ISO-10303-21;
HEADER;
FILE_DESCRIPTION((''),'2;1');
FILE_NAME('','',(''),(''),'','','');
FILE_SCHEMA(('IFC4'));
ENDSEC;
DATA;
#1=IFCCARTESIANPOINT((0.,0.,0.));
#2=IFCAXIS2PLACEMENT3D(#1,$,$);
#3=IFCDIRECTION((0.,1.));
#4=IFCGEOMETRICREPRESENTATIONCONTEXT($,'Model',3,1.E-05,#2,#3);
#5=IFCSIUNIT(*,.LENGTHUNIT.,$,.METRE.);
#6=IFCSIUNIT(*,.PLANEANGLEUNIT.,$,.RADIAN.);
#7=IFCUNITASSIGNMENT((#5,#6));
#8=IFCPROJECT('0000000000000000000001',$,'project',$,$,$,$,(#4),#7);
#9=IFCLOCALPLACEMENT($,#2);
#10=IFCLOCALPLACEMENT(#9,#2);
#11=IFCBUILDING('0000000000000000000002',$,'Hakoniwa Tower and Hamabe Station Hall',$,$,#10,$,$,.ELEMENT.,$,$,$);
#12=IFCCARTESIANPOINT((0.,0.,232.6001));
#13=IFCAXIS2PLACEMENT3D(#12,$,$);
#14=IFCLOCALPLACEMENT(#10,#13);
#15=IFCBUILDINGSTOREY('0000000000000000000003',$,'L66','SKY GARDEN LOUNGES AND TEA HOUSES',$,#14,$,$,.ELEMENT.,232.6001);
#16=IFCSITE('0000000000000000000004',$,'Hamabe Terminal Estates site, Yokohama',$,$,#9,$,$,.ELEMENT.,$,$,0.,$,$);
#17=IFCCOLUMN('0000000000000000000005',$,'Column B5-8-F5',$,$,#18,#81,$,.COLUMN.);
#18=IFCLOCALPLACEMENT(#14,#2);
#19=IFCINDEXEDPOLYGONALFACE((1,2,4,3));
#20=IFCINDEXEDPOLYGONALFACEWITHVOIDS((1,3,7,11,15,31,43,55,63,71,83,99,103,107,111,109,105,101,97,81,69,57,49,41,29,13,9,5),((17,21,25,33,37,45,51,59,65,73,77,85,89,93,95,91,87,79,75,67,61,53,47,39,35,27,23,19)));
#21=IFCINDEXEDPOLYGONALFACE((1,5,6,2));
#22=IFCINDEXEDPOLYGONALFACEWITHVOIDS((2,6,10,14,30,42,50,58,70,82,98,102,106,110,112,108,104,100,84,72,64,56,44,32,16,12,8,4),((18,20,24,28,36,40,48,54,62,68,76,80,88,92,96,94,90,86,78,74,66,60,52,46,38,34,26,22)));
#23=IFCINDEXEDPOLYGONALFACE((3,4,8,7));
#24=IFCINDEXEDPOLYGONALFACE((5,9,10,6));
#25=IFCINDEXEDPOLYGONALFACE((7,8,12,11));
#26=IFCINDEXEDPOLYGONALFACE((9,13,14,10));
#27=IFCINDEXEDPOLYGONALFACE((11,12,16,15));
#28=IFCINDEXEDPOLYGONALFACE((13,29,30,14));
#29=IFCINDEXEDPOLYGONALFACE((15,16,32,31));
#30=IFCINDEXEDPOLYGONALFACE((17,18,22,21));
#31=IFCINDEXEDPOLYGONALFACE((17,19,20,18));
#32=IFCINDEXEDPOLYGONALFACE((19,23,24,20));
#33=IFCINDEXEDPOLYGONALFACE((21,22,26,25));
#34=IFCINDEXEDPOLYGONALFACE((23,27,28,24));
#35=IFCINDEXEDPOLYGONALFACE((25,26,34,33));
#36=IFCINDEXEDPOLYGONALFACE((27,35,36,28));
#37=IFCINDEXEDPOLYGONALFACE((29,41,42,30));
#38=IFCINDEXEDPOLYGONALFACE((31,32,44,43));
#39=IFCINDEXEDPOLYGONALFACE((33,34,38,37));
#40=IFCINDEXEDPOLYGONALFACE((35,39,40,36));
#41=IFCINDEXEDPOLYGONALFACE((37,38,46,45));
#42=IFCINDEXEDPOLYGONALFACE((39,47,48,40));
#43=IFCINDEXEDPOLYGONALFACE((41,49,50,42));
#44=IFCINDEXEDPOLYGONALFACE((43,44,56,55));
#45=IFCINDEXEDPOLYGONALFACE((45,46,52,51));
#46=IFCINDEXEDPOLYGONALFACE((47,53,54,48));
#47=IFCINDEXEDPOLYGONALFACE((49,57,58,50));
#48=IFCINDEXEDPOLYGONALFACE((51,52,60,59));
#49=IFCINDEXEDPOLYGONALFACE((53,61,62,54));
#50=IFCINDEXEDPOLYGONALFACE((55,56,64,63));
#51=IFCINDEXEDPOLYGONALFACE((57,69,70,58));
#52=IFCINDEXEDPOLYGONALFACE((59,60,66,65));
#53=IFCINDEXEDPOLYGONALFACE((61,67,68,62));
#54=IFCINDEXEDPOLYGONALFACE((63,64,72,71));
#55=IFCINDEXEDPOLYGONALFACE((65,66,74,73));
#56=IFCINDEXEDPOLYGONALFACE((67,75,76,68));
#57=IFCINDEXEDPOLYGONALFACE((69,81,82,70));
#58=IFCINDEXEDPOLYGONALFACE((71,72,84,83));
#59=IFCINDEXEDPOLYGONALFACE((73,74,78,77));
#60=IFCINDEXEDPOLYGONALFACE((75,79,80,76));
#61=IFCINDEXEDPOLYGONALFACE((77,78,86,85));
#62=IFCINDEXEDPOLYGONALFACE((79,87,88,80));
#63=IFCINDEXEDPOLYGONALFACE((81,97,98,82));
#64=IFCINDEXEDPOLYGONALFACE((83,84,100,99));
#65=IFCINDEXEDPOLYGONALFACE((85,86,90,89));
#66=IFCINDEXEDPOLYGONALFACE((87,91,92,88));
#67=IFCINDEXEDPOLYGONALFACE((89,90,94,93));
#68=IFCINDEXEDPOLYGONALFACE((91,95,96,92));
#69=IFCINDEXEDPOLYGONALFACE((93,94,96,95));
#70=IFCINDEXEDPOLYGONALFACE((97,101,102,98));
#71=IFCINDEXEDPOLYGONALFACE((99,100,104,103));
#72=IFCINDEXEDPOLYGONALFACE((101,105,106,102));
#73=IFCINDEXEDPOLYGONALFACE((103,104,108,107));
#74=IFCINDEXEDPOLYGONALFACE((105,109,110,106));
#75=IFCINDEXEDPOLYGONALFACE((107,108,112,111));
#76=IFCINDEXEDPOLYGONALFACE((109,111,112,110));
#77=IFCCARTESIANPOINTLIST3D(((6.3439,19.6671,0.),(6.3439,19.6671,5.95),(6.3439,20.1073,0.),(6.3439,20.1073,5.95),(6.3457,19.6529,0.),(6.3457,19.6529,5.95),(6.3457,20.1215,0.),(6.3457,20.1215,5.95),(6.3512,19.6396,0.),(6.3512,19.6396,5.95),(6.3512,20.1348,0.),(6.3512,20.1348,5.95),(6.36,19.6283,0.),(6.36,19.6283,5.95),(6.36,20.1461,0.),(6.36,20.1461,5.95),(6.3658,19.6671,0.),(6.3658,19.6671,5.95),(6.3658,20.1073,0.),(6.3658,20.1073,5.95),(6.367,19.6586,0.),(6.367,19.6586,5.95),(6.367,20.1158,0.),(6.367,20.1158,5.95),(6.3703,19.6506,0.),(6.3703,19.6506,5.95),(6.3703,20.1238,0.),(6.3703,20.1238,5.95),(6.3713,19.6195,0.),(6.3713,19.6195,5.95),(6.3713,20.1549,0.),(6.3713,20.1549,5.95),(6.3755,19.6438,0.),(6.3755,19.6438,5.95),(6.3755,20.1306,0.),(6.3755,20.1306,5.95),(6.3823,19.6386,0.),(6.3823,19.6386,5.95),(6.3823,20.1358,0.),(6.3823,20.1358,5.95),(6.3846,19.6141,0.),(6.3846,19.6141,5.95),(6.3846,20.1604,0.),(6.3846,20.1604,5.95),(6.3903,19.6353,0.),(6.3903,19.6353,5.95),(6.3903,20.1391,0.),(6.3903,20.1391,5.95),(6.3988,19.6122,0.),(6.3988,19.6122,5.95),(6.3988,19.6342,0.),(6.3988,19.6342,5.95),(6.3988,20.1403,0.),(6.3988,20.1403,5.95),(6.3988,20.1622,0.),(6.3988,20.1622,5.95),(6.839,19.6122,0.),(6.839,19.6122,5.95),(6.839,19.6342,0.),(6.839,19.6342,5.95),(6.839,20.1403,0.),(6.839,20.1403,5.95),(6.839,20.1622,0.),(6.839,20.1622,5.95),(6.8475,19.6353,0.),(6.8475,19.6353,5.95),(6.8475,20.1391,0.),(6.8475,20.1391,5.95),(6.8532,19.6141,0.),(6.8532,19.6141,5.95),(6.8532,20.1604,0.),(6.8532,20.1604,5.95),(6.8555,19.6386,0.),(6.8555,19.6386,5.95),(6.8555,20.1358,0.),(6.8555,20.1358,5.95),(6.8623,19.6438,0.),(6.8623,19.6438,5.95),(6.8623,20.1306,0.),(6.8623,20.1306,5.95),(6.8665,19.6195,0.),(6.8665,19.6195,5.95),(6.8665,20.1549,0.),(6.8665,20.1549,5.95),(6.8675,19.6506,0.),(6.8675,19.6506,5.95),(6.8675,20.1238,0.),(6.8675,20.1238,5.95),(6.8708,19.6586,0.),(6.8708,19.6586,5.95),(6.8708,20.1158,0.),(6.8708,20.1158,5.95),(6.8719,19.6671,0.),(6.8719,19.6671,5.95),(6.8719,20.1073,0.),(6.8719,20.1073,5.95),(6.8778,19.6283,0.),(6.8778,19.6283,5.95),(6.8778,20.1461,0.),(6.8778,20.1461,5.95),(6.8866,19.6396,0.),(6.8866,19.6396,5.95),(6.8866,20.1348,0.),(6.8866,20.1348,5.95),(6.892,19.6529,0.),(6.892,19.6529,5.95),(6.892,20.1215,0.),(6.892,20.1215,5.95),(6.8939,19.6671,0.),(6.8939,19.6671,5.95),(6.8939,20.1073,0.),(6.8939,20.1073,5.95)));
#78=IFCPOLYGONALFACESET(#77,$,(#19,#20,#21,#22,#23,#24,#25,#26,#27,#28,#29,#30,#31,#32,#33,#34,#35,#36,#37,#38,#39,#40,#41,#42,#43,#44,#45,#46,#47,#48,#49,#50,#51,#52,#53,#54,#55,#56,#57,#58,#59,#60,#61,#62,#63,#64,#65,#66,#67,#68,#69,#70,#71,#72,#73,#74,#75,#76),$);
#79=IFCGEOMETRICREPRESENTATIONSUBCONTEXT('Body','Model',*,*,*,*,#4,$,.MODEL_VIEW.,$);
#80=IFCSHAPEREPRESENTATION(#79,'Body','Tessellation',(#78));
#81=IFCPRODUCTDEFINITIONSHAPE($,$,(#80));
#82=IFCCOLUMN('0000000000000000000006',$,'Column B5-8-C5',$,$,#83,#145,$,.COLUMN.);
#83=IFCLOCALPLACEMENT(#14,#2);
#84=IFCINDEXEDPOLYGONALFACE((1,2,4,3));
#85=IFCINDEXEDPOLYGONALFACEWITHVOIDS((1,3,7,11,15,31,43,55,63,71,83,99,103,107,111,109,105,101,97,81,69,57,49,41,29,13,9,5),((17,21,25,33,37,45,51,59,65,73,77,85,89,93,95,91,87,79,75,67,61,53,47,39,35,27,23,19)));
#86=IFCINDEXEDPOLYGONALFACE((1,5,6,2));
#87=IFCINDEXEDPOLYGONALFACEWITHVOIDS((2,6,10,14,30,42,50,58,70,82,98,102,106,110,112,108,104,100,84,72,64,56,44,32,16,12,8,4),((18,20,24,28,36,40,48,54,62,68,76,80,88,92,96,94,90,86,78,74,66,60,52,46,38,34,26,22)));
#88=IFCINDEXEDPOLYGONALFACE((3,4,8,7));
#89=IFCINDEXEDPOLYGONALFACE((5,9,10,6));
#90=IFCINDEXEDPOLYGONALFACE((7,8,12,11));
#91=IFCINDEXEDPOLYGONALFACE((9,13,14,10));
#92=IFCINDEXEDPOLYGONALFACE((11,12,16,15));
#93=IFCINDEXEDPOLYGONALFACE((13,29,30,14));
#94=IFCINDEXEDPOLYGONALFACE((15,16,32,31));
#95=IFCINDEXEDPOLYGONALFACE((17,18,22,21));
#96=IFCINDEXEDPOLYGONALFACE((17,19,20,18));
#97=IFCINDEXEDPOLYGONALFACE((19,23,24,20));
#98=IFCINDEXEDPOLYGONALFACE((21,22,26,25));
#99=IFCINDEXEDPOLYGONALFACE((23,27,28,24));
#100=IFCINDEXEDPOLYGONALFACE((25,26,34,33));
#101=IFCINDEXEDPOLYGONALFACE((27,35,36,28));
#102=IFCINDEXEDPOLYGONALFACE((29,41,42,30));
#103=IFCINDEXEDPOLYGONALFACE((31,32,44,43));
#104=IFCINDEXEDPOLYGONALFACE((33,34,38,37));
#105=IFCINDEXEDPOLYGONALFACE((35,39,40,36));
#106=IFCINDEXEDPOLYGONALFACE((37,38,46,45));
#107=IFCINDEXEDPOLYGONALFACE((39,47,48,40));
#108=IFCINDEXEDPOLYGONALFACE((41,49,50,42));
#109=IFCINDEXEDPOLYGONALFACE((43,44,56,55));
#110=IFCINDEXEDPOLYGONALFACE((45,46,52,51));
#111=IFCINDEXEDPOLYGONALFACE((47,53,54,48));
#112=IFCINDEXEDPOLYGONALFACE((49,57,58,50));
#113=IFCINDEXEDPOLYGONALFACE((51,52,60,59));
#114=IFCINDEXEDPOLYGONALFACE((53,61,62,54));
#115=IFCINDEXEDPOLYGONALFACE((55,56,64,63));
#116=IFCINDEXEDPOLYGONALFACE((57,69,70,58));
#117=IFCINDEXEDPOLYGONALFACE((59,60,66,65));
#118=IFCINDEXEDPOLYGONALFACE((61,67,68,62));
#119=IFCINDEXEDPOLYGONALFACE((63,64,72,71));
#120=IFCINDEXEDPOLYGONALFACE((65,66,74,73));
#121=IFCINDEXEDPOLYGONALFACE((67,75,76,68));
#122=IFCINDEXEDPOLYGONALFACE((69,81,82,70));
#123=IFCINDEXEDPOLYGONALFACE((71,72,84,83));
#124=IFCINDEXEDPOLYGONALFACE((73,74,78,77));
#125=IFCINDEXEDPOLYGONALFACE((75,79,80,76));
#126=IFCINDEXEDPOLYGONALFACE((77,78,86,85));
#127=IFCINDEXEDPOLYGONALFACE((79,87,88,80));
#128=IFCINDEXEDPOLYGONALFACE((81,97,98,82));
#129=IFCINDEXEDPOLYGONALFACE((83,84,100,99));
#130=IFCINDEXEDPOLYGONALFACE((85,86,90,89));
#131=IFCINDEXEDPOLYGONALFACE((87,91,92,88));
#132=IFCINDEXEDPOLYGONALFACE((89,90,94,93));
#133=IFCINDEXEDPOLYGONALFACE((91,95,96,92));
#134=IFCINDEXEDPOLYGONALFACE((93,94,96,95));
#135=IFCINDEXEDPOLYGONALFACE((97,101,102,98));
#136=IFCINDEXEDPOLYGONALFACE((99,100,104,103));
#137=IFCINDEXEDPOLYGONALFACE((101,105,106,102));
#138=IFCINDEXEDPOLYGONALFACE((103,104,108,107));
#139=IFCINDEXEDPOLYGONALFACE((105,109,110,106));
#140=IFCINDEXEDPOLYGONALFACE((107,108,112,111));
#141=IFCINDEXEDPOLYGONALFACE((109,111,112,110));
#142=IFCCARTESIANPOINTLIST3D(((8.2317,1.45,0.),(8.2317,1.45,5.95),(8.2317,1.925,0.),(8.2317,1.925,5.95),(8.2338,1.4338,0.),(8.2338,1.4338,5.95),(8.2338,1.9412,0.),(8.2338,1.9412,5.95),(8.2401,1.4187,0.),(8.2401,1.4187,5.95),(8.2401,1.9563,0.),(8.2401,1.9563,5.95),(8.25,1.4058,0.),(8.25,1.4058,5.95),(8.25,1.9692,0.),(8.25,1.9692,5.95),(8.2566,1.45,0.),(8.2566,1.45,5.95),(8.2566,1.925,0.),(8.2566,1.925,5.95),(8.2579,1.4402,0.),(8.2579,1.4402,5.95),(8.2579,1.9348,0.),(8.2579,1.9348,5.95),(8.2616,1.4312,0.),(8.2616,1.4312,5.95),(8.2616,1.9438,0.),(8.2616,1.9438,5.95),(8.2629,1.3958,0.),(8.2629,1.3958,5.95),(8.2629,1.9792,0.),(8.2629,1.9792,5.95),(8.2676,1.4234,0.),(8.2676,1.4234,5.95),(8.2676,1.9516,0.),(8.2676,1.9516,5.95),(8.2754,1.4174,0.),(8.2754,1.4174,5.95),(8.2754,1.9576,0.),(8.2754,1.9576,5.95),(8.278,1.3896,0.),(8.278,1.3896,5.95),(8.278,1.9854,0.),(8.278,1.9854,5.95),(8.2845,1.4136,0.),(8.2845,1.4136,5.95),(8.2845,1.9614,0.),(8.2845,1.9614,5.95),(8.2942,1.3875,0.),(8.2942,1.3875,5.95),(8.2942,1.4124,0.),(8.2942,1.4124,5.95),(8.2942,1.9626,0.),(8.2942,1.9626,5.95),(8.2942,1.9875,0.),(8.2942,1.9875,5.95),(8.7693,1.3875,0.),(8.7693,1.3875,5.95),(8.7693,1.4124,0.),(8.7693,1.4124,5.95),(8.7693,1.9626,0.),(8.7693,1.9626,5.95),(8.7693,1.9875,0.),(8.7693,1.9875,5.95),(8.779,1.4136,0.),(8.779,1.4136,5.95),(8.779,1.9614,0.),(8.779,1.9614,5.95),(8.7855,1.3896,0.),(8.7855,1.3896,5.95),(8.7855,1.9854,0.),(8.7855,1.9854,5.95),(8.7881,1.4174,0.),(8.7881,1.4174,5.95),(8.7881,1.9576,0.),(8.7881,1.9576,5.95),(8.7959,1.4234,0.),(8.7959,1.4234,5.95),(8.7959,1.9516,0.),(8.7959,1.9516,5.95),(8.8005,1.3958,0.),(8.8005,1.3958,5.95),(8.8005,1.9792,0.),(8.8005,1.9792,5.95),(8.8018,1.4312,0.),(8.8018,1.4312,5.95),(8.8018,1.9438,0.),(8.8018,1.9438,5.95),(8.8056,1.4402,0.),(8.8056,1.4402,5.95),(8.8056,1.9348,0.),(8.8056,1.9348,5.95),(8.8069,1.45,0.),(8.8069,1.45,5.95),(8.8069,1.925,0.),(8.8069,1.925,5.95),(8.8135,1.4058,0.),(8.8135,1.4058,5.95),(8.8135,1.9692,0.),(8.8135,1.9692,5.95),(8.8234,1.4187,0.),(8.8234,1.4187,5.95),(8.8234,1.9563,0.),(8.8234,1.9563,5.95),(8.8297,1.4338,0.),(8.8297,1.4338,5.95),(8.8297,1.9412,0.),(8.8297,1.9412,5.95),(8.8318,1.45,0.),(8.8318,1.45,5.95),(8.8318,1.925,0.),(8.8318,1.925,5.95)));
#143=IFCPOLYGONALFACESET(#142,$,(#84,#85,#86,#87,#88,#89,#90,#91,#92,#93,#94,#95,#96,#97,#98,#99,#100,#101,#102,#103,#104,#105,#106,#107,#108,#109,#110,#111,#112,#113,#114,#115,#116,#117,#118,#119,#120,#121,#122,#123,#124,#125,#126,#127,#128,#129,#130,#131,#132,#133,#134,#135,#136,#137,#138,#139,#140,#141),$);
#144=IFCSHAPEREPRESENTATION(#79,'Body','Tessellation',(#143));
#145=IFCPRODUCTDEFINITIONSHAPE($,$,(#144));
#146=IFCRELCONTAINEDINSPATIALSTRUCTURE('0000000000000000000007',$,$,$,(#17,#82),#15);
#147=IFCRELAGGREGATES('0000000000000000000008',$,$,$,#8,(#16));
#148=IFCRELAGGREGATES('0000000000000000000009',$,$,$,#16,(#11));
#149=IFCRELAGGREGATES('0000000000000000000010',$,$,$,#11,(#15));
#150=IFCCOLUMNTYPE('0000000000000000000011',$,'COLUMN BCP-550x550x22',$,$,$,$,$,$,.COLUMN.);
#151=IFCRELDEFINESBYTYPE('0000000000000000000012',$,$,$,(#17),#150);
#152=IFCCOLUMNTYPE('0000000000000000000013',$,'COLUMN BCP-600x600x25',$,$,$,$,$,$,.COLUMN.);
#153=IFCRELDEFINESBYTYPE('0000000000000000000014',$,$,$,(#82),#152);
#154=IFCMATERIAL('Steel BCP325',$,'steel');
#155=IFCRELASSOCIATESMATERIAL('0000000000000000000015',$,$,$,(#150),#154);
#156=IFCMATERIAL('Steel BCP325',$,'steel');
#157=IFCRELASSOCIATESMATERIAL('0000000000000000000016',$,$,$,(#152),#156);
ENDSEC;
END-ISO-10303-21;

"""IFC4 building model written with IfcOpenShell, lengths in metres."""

from ifc_helpers import new_model, si_unit, direction, frame, origin, origin_2d, place, context, subcontext, project, spatial, hollow_rectangle, extrude, material, material_profile, profile_set, type_object, element, save


model = new_model("IFC4")

# Units and contexts
model_context = context("Model", 3, precision=1e-05, world=origin(), true_north=direction((0.0, 1.0)))
body_context = subcontext(model_context, "Body", "Model", "MODEL_VIEW")
ifc_project = project(units=[si_unit("LENGTHUNIT", "METRE"), si_unit("PLANEANGLEUNIT", "RADIAN")], contexts=[model_context])

# Site, building, storey
site_placement = place(None, origin())
site = spatial("IfcSite", under=ifc_project, at=site_placement, Name="Hamabe Terminal Estates site, Yokohama", CompositionType="ELEMENT", RefElevation=0.0)
building_placement = place(site_placement, origin())
building = spatial("IfcBuilding", under=site, at=building_placement, Name="Hakoniwa Tower and Hamabe Station Hall", CompositionType="ELEMENT")
storey_placement = place(building_placement, frame((0.0, 0.0, 232.6001)))
storey = spatial("IfcBuildingStorey", under=building, at=storey_placement, Name="L66", Description="SKY GARDEN LOUNGES AND TEA HOUSES", CompositionType="ELEMENT", Elevation=232.6001)

# Columns
ifc_material_1 = material(Name="Steel BCP325", Category="steel")
ifc_material_profile_1 = material_profile(ifc_material_1, hollow_rectangle(XDim=0.55, YDim=0.55, WallThickness=0.022, InnerFilletRadius=0.033, OuterFilletRadius=0.0549, at=origin_2d()), Name="BCP-550x550x22")
ifc_profile_set_1 = profile_set([ifc_material_profile_1], Name="Steel BCP325")
column_type_1 = type_object("IfcColumnType", Name="COLUMN BCP-550x550x22", PredefinedType="COLUMN", material=ifc_profile_set_1)
column_placement = place(storey_placement, frame((6.6189, 19.8872, 0.0), z_axis=(0.0, 0.0, 1.0), x_axis=(1.0, 0.0, 0.0)))
element("IfcColumn", 1, at=column_placement, inside=storey, type_object=column_type_1, Name="Column B5-8-F5", PredefinedType="COLUMN", context=body_context, shape_type="SweptSolid", body=[
    extrude(hollow_rectangle(XDim=0.55, YDim=0.55, WallThickness=0.022, InnerFilletRadius=0.033, OuterFilletRadius=0.0549, at=origin_2d()), origin(), (0.0, 0.0, 1.0), 5.95),
])
ifc_material_2 = material(Name="Steel BCP325", Category="steel")
ifc_material_profile_2 = material_profile(ifc_material_2, hollow_rectangle(XDim=0.6001, YDim=0.6001, WallThickness=0.0249, InnerFilletRadius=0.0376, OuterFilletRadius=0.0625, at=origin_2d()), Name="BCP-600x600x25")
ifc_profile_set_2 = profile_set([ifc_material_profile_2], Name="Steel BCP325")
column_type_2 = type_object("IfcColumnType", Name="COLUMN BCP-600x600x25", PredefinedType="COLUMN", material=ifc_profile_set_2)
for number, where, z_axis, x_axis, name in (
    (2, (8.5317, 1.6875, 0.0), (0.0, 0.0, 1.0), (1.0, 0.0, 0.0), "Column B5-8-C5"),
):
    element("IfcColumn", number, at=place(storey_placement, frame(where, z_axis=z_axis, x_axis=x_axis)), inside=storey, type_object=column_type_2, Name=name, PredefinedType="COLUMN", context=body_context, shape_type="SweptSolid", body=[
        extrude(hollow_rectangle(XDim=0.6001, YDim=0.6001, WallThickness=0.0249, InnerFilletRadius=0.0376, OuterFilletRadius=0.0625, at=origin_2d()), origin(), (0.0, 0.0, 1.0), 5.95),
    ])

save(model, "model.ifc")
